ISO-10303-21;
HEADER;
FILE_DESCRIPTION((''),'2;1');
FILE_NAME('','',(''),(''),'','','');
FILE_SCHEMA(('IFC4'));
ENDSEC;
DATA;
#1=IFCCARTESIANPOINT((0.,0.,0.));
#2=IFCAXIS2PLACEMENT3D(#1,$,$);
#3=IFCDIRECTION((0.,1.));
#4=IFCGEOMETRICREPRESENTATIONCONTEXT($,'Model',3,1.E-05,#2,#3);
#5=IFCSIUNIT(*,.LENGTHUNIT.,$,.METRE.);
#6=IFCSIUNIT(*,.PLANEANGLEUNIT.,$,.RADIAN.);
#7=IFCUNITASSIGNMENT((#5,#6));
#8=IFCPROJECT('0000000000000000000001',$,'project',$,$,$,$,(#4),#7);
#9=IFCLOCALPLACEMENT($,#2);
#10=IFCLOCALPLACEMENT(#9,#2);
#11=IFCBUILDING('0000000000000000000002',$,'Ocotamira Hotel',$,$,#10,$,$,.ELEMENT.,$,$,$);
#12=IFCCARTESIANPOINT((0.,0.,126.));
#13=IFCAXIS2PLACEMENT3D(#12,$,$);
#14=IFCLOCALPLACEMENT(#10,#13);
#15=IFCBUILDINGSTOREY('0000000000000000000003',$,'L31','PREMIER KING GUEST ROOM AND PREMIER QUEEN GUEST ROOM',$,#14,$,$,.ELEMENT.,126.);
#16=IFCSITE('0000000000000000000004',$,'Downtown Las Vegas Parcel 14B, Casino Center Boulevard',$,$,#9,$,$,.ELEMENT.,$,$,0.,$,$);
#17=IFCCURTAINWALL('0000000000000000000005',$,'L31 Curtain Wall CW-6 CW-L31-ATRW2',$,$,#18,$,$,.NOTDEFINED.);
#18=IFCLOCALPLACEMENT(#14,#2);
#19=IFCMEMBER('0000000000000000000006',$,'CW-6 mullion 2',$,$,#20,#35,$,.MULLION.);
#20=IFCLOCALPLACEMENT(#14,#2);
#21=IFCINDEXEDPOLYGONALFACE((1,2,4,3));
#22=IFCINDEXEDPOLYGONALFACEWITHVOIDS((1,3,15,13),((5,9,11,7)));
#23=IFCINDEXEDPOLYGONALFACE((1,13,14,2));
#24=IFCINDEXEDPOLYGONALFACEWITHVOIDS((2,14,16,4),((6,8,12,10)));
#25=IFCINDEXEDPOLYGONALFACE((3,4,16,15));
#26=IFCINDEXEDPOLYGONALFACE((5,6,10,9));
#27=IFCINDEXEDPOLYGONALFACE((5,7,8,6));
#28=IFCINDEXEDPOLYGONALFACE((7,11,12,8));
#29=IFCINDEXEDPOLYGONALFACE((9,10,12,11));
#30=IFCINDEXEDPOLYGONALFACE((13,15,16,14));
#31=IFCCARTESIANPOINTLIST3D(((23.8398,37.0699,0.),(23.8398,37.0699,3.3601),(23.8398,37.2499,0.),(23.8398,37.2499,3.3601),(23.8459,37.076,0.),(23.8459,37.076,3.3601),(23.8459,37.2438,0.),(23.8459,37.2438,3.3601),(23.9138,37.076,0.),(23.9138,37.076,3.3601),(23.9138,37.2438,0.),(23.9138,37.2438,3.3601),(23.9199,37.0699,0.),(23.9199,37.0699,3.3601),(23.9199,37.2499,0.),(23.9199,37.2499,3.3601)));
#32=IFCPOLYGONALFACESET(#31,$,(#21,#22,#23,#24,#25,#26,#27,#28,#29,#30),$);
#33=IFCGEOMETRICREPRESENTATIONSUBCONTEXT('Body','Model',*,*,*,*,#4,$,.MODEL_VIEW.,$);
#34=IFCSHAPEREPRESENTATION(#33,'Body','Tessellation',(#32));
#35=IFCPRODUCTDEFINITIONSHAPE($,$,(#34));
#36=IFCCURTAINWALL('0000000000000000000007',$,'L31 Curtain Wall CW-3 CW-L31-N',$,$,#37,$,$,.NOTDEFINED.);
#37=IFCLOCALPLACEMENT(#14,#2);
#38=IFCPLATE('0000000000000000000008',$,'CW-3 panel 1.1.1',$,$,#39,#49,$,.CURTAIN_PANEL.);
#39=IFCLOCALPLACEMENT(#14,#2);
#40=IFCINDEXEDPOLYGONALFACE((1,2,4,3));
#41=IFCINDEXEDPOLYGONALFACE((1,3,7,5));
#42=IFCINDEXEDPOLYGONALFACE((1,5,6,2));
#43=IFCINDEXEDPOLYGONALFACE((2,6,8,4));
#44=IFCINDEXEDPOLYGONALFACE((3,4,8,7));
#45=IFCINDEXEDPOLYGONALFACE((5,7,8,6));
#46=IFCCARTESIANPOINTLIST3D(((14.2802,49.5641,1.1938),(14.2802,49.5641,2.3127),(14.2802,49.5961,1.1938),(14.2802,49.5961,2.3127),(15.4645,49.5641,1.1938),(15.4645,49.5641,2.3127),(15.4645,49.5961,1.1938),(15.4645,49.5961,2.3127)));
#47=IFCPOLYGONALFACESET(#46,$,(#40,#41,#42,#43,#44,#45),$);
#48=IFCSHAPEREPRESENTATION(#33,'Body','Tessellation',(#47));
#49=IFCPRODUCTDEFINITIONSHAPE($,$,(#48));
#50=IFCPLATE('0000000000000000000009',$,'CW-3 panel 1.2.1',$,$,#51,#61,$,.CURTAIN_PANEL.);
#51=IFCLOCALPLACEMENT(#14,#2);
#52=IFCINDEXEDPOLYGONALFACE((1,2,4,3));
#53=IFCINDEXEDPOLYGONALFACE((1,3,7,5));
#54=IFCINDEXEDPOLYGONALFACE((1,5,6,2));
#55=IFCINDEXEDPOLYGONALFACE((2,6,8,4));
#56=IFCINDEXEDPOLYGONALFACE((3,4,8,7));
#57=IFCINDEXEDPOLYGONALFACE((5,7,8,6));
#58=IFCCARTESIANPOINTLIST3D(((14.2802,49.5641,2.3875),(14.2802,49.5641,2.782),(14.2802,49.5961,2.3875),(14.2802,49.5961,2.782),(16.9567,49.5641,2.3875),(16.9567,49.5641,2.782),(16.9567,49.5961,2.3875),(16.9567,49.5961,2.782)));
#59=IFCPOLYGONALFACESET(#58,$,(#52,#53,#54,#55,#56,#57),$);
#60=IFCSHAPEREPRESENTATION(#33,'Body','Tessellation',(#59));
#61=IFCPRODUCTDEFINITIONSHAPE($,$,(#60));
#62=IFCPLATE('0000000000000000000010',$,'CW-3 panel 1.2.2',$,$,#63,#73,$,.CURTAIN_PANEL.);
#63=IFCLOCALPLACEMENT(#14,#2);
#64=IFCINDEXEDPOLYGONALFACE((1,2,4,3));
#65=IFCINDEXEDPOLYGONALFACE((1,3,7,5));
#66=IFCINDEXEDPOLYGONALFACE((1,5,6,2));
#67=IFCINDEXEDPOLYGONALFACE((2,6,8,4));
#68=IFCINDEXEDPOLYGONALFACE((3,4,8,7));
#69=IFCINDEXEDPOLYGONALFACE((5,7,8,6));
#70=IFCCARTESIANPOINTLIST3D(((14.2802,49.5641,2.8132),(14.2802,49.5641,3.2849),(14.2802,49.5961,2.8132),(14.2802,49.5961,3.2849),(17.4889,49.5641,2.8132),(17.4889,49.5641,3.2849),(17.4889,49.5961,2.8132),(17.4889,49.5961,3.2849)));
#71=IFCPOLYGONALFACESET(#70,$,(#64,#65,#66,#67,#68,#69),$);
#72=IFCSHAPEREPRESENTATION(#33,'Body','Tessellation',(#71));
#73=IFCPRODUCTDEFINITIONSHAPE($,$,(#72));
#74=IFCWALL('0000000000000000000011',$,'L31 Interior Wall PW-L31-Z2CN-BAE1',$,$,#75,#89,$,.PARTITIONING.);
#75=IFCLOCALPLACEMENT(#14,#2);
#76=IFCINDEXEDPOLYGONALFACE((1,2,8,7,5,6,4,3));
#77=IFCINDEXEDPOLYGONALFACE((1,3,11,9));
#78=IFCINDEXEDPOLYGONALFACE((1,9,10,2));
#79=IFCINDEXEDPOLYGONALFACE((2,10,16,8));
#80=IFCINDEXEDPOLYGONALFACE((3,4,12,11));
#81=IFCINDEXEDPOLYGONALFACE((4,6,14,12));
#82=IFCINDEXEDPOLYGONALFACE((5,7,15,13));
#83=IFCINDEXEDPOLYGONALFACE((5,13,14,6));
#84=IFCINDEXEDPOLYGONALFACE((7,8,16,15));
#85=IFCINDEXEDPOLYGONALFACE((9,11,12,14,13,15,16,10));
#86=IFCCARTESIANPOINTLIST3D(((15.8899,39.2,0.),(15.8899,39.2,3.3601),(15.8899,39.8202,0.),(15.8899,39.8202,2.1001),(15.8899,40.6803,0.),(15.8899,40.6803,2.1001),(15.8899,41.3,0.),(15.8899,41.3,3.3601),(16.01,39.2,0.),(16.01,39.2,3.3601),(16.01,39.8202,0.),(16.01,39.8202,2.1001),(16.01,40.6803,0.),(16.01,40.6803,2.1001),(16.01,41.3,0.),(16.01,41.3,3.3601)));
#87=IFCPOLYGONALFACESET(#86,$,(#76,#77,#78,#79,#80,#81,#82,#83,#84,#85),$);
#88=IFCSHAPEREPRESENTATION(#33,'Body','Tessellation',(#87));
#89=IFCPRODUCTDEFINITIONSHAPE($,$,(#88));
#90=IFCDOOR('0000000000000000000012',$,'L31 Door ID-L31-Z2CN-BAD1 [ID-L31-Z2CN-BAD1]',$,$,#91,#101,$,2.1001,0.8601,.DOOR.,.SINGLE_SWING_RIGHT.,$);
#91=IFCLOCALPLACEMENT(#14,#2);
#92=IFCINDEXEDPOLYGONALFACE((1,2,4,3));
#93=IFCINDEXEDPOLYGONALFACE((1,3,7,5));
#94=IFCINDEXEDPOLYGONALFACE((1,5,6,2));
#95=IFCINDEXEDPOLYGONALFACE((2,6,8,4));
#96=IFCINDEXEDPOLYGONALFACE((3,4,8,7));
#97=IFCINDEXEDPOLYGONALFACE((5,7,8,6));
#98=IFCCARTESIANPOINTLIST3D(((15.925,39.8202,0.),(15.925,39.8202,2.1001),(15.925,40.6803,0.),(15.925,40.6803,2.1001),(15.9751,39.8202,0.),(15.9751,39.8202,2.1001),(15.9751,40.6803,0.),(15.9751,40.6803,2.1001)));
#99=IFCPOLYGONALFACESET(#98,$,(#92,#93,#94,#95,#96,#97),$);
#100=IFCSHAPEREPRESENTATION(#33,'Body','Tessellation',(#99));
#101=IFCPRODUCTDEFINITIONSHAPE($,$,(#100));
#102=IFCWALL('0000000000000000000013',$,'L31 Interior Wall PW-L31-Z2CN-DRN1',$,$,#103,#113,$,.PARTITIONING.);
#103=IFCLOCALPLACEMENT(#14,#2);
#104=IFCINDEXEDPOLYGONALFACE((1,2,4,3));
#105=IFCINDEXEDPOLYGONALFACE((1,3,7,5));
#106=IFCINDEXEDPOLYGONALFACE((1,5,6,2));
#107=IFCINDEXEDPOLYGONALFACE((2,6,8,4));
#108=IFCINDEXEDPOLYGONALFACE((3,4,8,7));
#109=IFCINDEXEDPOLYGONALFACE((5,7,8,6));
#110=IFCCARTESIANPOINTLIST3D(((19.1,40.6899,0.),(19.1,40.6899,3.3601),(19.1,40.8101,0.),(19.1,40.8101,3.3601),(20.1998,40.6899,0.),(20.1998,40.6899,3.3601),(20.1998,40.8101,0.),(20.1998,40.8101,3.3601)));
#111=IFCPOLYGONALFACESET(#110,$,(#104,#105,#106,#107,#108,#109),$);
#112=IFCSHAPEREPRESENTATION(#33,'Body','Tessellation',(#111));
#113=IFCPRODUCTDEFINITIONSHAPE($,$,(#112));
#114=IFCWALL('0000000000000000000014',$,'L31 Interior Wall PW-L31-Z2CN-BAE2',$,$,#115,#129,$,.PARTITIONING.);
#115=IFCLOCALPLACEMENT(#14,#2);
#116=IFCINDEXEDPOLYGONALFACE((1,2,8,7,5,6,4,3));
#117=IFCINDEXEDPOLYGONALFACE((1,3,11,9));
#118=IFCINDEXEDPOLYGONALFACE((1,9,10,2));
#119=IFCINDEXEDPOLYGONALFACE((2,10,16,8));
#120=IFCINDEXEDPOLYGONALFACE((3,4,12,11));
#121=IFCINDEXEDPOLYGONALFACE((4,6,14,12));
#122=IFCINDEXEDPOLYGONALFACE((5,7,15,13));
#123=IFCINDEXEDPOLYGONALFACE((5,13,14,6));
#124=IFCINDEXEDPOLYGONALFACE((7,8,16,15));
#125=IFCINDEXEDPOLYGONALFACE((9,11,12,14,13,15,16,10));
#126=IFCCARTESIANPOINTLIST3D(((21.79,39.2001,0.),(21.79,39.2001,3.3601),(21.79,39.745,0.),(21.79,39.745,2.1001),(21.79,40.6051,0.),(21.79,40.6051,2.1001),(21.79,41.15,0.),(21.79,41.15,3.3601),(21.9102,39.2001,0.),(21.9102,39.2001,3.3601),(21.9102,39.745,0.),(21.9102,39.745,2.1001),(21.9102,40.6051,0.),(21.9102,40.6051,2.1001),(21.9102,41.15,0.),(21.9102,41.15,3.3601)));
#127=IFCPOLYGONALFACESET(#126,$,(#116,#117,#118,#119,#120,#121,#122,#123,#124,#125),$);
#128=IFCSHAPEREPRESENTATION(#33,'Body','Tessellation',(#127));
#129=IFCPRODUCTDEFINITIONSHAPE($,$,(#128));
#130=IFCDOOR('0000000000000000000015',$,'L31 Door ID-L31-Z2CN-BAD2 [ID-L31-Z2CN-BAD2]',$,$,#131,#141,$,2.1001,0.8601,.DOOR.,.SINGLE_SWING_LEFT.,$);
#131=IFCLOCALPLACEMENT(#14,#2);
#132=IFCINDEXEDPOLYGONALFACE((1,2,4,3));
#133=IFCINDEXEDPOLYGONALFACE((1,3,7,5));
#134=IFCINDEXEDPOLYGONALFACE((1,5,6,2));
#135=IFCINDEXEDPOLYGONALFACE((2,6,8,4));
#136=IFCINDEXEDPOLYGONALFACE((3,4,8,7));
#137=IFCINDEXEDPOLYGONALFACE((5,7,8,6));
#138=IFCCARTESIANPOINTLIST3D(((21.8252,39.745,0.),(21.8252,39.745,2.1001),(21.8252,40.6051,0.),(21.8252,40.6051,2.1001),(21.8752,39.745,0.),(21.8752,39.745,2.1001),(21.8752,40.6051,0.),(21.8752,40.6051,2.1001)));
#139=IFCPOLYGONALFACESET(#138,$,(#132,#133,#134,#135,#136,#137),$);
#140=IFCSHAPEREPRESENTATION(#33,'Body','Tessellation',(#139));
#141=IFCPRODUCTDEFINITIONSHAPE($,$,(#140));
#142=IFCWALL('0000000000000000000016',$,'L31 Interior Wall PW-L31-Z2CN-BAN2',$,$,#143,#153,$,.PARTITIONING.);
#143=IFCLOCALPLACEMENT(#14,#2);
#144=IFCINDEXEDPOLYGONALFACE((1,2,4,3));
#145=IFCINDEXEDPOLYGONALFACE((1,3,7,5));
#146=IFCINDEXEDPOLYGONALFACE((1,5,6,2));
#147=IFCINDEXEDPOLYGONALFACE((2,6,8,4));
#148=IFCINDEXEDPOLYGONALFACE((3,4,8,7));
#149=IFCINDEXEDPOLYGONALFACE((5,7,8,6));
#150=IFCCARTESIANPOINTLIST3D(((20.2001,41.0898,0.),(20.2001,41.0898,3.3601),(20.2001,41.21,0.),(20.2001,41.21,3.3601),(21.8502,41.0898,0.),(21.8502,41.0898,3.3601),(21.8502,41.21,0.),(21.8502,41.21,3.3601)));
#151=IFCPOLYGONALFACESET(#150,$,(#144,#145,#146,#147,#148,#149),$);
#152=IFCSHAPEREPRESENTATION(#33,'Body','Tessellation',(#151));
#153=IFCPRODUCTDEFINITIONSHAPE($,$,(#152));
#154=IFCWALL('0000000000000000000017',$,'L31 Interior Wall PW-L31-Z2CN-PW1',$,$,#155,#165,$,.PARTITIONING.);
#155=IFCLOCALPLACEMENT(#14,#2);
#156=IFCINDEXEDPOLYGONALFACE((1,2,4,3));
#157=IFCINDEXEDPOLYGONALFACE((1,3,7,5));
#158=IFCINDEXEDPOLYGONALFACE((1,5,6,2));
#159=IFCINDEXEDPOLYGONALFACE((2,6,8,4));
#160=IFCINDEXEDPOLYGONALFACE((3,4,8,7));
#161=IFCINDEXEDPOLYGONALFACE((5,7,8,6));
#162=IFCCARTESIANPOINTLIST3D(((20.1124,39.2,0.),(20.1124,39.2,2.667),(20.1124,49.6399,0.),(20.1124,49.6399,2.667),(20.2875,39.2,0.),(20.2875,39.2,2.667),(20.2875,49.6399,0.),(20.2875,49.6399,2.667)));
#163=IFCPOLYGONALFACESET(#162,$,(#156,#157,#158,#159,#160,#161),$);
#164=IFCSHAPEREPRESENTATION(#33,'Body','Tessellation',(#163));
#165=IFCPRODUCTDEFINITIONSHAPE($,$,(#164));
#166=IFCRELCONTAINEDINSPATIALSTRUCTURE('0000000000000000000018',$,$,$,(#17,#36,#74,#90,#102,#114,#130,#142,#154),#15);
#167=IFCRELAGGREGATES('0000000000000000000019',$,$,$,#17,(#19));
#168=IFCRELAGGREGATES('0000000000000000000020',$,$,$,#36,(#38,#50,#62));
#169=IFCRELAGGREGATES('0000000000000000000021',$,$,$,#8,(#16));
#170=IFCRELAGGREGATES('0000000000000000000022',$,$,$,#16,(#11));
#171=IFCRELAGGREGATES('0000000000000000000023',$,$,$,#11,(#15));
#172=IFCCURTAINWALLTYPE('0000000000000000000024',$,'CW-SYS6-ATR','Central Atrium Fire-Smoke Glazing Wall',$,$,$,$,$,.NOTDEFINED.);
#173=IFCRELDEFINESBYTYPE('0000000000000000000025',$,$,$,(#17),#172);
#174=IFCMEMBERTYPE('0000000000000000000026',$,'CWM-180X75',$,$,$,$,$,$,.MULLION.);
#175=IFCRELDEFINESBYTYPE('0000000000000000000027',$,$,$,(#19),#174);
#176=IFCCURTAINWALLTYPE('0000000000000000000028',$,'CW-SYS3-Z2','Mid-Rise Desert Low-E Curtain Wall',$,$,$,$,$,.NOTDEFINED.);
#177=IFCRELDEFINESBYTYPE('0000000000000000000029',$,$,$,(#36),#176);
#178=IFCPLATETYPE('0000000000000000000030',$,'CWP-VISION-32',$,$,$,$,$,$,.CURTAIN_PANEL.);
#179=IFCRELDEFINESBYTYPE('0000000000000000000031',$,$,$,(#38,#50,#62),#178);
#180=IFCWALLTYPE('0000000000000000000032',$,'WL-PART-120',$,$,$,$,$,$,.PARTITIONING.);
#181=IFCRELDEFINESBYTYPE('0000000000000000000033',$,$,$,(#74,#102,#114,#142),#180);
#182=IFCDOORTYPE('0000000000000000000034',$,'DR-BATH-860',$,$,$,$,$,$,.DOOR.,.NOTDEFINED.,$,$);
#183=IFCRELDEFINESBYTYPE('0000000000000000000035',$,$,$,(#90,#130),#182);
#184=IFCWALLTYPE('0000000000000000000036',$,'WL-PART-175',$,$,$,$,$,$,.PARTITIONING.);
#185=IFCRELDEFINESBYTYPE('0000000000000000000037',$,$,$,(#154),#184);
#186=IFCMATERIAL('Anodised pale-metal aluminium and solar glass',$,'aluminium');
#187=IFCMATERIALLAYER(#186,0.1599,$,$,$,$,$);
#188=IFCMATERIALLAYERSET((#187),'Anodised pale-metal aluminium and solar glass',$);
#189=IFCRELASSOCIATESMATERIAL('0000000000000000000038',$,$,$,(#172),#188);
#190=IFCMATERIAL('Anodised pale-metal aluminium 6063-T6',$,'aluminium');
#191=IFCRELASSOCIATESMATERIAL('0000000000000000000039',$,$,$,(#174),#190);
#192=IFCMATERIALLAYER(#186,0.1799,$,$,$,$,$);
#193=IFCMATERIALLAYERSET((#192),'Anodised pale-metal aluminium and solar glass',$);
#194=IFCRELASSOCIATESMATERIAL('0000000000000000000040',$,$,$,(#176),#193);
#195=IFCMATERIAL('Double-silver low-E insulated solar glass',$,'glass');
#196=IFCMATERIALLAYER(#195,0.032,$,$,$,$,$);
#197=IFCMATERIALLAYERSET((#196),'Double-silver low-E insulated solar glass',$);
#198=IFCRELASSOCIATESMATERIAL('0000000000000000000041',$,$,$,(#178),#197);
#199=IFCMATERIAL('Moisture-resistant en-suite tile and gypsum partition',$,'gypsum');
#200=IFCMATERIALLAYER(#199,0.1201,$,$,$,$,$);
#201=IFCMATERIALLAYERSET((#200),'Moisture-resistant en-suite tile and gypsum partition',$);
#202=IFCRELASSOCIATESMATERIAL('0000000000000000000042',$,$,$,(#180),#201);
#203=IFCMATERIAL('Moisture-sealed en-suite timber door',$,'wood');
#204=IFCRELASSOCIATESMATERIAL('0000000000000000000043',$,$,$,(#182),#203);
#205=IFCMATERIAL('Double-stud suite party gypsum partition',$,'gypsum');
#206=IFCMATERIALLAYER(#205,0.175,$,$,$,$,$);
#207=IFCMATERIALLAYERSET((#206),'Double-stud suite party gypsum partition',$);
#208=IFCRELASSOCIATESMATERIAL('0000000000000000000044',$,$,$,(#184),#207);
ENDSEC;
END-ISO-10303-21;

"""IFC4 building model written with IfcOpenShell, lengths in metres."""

from ifc_helpers import new_model, si_unit, direction, frame, frame_2d, origin, origin_2d, place, context, subcontext, project, spatial, rectangle, hollow_rectangle, extrude, source, transform, mapped, material, layer, layer_set, material_profile, profile_set, type_object, element, fill, aggregate, save


model = new_model("IFC4")

# Units and contexts
model_context = context("Model", 3, precision=1e-05, world=origin(), true_north=direction((0.0, 1.0)))
body_context = subcontext(model_context, "Body", "Model", "MODEL_VIEW")
ifc_project = project(units=[si_unit("LENGTHUNIT", "METRE"), si_unit("PLANEANGLEUNIT", "RADIAN")], contexts=[model_context])

# Site, building, storey
site_placement = place(None, origin())
site = spatial("IfcSite", under=ifc_project, at=site_placement, Name="Downtown Las Vegas Parcel 14B, Casino Center Boulevard", CompositionType="ELEMENT", RefElevation=0.0)
building_placement = place(site_placement, origin())
building = spatial("IfcBuilding", under=site, at=building_placement, Name="Ocotamira Hotel", CompositionType="ELEMENT")
storey_placement = place(building_placement, frame((0.0, 0.0, 126.0)))
storey = spatial("IfcBuildingStorey", under=building, at=storey_placement, Name="L31", Description="PREMIER KING GUEST ROOM AND PREMIER QUEEN GUEST ROOM", CompositionType="ELEMENT", Elevation=126.0)

# Curtain wall, member
ifc_material_1 = material(Name="Anodised pale-metal aluminium and solar glass", Category="aluminium")
ifc_layer_1 = layer(ifc_material_1, 0.1599)
ifc_layer_set_1 = layer_set([ifc_layer_1], Name="Anodised pale-metal aluminium and solar glass")
curtain_wall_type_1 = type_object("IfcCurtainWallType", Name="CW-SYS6-ATR", Description="Central Atrium Fire-Smoke Glazing Wall", PredefinedType="NOTDEFINED", material=ifc_layer_set_1)
curtain_wall_1_placement = place(storey_placement, origin())
curtain_wall_1 = element("IfcCurtainWall", 1, at=curtain_wall_1_placement, inside=storey, type_object=curtain_wall_type_1, Name="L31 Curtain Wall CW-6 CW-L31-ATRW2", PredefinedType="NOTDEFINED")
ifc_material_2 = material(Name="Anodised pale-metal aluminium 6063-T6", Category="aluminium")
ifc_material_profile_1 = material_profile(ifc_material_2, hollow_rectangle(XDim=0.0801, YDim=0.1799, WallThickness=0.0061, at=origin_2d()), Name="HSS180X80X6")
ifc_profile_set_1 = profile_set([ifc_material_profile_1], Name="Anodised pale-metal aluminium 6063-T6")
member_type = type_object("IfcMemberType", Name="CWM-180X75", PredefinedType="MULLION", material=ifc_profile_set_1)
shared_shape_1 = source(origin(), body_context, "Body", "SweptSolid", [
    extrude(hollow_rectangle(XDim=0.0801, YDim=0.1799, WallThickness=0.0061, at=origin_2d()), origin(), (0.0, 0.0, 1.0), 3.3601),
])
member_placement = place(storey_placement, frame((23.8799, 37.1599, 0.0), z_axis=(0.0, 0.0, 1.0), x_axis=(-1.0, 0.0, 0.0)))
member = element("IfcMember", 2, at=member_placement, type_object=member_type, Name="CW-6 mullion 2", PredefinedType="MULLION", context=body_context, shape_type="MappedRepresentation", body=[
    mapped(shared_shape_1, transform((0.0, 0.0, 0.0), scale=1.0)),
])
aggregate(curtain_wall_1, [member])

# Curtain wall, plates
ifc_layer_2 = layer(ifc_material_1, 0.1799)
ifc_layer_set_2 = layer_set([ifc_layer_2], Name="Anodised pale-metal aluminium and solar glass")
curtain_wall_type_2 = type_object("IfcCurtainWallType", Name="CW-SYS3-Z2", Description="Mid-Rise Desert Low-E Curtain Wall", PredefinedType="NOTDEFINED", material=ifc_layer_set_2)
curtain_wall_2_placement = place(storey_placement, origin())
curtain_wall_2 = element("IfcCurtainWall", 3, at=curtain_wall_2_placement, inside=storey, type_object=curtain_wall_type_2, Name="L31 Curtain Wall CW-3 CW-L31-N", PredefinedType="NOTDEFINED")
ifc_material_3 = material(Name="Double-silver low-E insulated solar glass", Category="glass")
ifc_layer_3 = layer(ifc_material_3, 0.032)
ifc_layer_set_3 = layer_set([ifc_layer_3], Name="Double-silver low-E insulated solar glass")
plate_type = type_object("IfcPlateType", Name="CWP-VISION-32", PredefinedType="CURTAIN_PANEL", material=ifc_layer_set_3)
shared_shape_2 = source(origin(), body_context, "Body", "SweptSolid", [
    extrude(rectangle(XDim=1.1843, YDim=0.032, at=origin_2d()), origin(), (0.0, 0.0, 1.0), 1.1189),
])
plate_1_placement = place(storey_placement, frame((14.8723, 49.5801, 1.1938), z_axis=(0.0, 0.0, 1.0), x_axis=(1.0, 0.0, 0.0)))
plate_1 = element("IfcPlate", 4, at=plate_1_placement, type_object=plate_type, Name="CW-3 panel 1.1.1", PredefinedType="CURTAIN_PANEL", context=body_context, shape_type="MappedRepresentation", body=[
    mapped(shared_shape_2, transform((0.0, 0.0, 0.0), scale=1.0)),
])
shared_shape_3 = source(origin(), body_context, "Body", "SweptSolid", [
    extrude(rectangle(XDim=2.6765, YDim=0.032, at=origin_2d()), origin(), (0.0, 0.0, 1.0), 0.3945),
])
plate_2_placement = place(storey_placement, frame((15.6184, 49.5801, 2.3875), z_axis=(0.0, 0.0, 1.0), x_axis=(1.0, 0.0, 0.0)))
plate_2 = element("IfcPlate", 5, at=plate_2_placement, type_object=plate_type, Name="CW-3 panel 1.2.1", PredefinedType="CURTAIN_PANEL", context=body_context, shape_type="MappedRepresentation", body=[
    mapped(shared_shape_3, transform((0.0, 0.0, 0.0), scale=1.0)),
])
shared_shape_4 = source(origin(), body_context, "Body", "SweptSolid", [
    extrude(rectangle(XDim=3.2087, YDim=0.032, at=origin_2d()), origin(), (0.0, 0.0, 1.0), 0.4717),
])
plate_3_placement = place(storey_placement, frame((15.8845, 49.5801, 2.8132), z_axis=(0.0, 0.0, 1.0), x_axis=(1.0, 0.0, 0.0)))
plate_3 = element("IfcPlate", 6, at=plate_3_placement, type_object=plate_type, Name="CW-3 panel 1.2.2", PredefinedType="CURTAIN_PANEL", context=body_context, shape_type="MappedRepresentation", body=[
    mapped(shared_shape_4, transform((0.0, 0.0, 0.0), scale=1.0)),
])
aggregate(curtain_wall_2, [plate_1, plate_2, plate_3])

# Wall, opening, door
ifc_material_4 = material(Name="Moisture-resistant en-suite tile and gypsum partition", Category="gypsum")
ifc_layer_4 = layer(ifc_material_4, 0.1201)
ifc_layer_set_4 = layer_set([ifc_layer_4], Name="Moisture-resistant en-suite tile and gypsum partition")
wall_type_1 = type_object("IfcWallType", Name="WL-PART-120", PredefinedType="PARTITIONING", material=ifc_layer_set_4)
wall_1_placement = place(storey_placement, frame((15.95, 39.2, 0.0), z_axis=(0.0, 0.0, 1.0), x_axis=(0.0, 1.0, 0.0)))
wall_1 = element("IfcWall", 7, at=wall_1_placement, inside=storey, type_object=wall_type_1, Name="L31 Interior Wall PW-L31-Z2CN-BAE1", PredefinedType="PARTITIONING", context=body_context, shape_type="SweptSolid", body=[
    extrude(rectangle(XDim=2.1001, YDim=0.1201, at=frame_2d((1.05, 0.0))), origin(), (0.0, 0.0, 1.0), 3.3601),
])
opening_1_placement = place(wall_1_placement, frame((0.6201, 0.0, 0.0)))
opening_1 = element("IfcOpeningElement", 8, at=opening_1_placement, cuts=wall_1, PredefinedType="OPENING", context=body_context, shape_type="SweptSolid", body=[
    extrude(rectangle(XDim=0.8601, YDim=2.1001, at=frame_2d((0.4302, 1.05))), frame((0.0, 0.0701, 0.0), z_axis=(0.0, -1.0, 0.0), x_axis=(1.0, 0.0, 0.0)), (0.0, 0.0, 1.0), 0.1401),
])
ifc_material_5 = material(Name="Moisture-sealed en-suite timber door", Category="wood")
door_type = type_object("IfcDoorType", Name="DR-BATH-860", OperationType="NOTDEFINED", PredefinedType="DOOR", material=ifc_material_5)
shared_shape_5 = source(origin(), body_context, "Body", "SweptSolid", [
    extrude(rectangle(XDim=0.8601, YDim=2.1001, at=frame_2d((0.4302, 1.05))), frame((0.0, 0.0249, 0.0), z_axis=(0.0, -1.0, 0.0), x_axis=(1.0, 0.0, 0.0)), (0.0, 0.0, 1.0), 0.05),
])
door_1_placement = place(opening_1_placement, origin())
door_1 = element("IfcDoor", 9, at=door_1_placement, inside=storey, type_object=door_type, Name="L31 Door ID-L31-Z2CN-BAD1 [ID-L31-Z2CN-BAD1]", OperationType="SINGLE_SWING_RIGHT", OverallHeight=2.1001, OverallWidth=0.8601, PredefinedType="DOOR", context=body_context, shape_type="MappedRepresentation", body=[
    mapped(shared_shape_5, transform((0.0, 0.0, 0.0), scale=1.0)),
])
fill(opening_1, door_1)

# Wall
wall_2_placement = place(storey_placement, frame((19.1001, 40.75, 0.0), z_axis=(0.0, 0.0, 1.0), x_axis=(1.0, 0.0, 0.0)))
element("IfcWall", 10, at=wall_2_placement, inside=storey, type_object=wall_type_1, Name="L31 Interior Wall PW-L31-Z2CN-DRN1", PredefinedType="PARTITIONING", context=body_context, shape_type="SweptSolid", body=[
    extrude(rectangle(XDim=1.0999, YDim=0.1201, at=frame_2d((0.5498, 0.0))), origin(), (0.0, 0.0, 1.0), 3.3601),
])

# Wall, opening, door
wall_3_placement = place(storey_placement, frame((21.8501, 39.2, 0.0), z_axis=(0.0, 0.0, 1.0), x_axis=(0.0, 1.0, 0.0)))
wall_3 = element("IfcWall", 11, at=wall_3_placement, inside=storey, type_object=wall_type_1, Name="L31 Interior Wall PW-L31-Z2CN-BAE2", PredefinedType="PARTITIONING", context=body_context, shape_type="SweptSolid", body=[
    extrude(rectangle(XDim=1.95, YDim=0.1201, at=frame_2d((0.9751, 0.0))), origin(), (0.0, 0.0, 1.0), 3.3601),
])
opening_2_placement = place(wall_3_placement, frame((0.5449, 0.0, 0.0)))
opening_2 = element("IfcOpeningElement", 12, at=opening_2_placement, cuts=wall_3, PredefinedType="OPENING", context=body_context, shape_type="SweptSolid", body=[
    extrude(rectangle(XDim=0.8601, YDim=2.1001, at=frame_2d((0.4302, 1.05))), frame((0.0, 0.0701, 0.0), z_axis=(0.0, -1.0, 0.0), x_axis=(1.0, 0.0, 0.0)), (0.0, 0.0, 1.0), 0.1401),
])
door_2_placement = place(opening_2_placement, origin())
door_2 = element("IfcDoor", 13, at=door_2_placement, inside=storey, type_object=door_type, Name="L31 Door ID-L31-Z2CN-BAD2 [ID-L31-Z2CN-BAD2]", OperationType="SINGLE_SWING_LEFT", OverallHeight=2.1001, OverallWidth=0.8601, PredefinedType="DOOR", context=body_context, shape_type="MappedRepresentation", body=[
    mapped(shared_shape_5, transform((0.0, 0.0, 0.0), scale=1.0)),
])
fill(opening_2, door_2)

# Walls
wall_4_placement = place(storey_placement, frame((20.2, 41.1499, 0.0), z_axis=(0.0, 0.0, 1.0), x_axis=(1.0, 0.0, 0.0)))
element("IfcWall", 14, at=wall_4_placement, inside=storey, type_object=wall_type_1, Name="L31 Interior Wall PW-L31-Z2CN-BAN2", PredefinedType="PARTITIONING", context=body_context, shape_type="SweptSolid", body=[
    extrude(rectangle(XDim=1.6501, YDim=0.1201, at=frame_2d((0.8252, 0.0))), origin(), (0.0, 0.0, 1.0), 3.3601),
])
ifc_material_6 = material(Name="Double-stud suite party gypsum partition", Category="gypsum")
ifc_layer_5 = layer(ifc_material_6, 0.175)
ifc_layer_set_5 = layer_set([ifc_layer_5], Name="Double-stud suite party gypsum partition")
wall_type_2 = type_object("IfcWallType", Name="WL-PART-175", PredefinedType="PARTITIONING", material=ifc_layer_set_5)
wall_5_placement = place(storey_placement, frame((20.2, 39.2, 0.0), z_axis=(0.0, 0.0, 1.0), x_axis=(0.0, 1.0, 0.0)))
element("IfcWall", 15, at=wall_5_placement, inside=storey, type_object=wall_type_2, Name="L31 Interior Wall PW-L31-Z2CN-PW1", PredefinedType="PARTITIONING", context=body_context, shape_type="SweptSolid", body=[
    extrude(rectangle(XDim=10.4399, YDim=0.175, at=frame_2d((5.22, 0.0))), origin(), (0.0, 0.0, 1.0), 2.667),
])

save(model, "model.ifc")
